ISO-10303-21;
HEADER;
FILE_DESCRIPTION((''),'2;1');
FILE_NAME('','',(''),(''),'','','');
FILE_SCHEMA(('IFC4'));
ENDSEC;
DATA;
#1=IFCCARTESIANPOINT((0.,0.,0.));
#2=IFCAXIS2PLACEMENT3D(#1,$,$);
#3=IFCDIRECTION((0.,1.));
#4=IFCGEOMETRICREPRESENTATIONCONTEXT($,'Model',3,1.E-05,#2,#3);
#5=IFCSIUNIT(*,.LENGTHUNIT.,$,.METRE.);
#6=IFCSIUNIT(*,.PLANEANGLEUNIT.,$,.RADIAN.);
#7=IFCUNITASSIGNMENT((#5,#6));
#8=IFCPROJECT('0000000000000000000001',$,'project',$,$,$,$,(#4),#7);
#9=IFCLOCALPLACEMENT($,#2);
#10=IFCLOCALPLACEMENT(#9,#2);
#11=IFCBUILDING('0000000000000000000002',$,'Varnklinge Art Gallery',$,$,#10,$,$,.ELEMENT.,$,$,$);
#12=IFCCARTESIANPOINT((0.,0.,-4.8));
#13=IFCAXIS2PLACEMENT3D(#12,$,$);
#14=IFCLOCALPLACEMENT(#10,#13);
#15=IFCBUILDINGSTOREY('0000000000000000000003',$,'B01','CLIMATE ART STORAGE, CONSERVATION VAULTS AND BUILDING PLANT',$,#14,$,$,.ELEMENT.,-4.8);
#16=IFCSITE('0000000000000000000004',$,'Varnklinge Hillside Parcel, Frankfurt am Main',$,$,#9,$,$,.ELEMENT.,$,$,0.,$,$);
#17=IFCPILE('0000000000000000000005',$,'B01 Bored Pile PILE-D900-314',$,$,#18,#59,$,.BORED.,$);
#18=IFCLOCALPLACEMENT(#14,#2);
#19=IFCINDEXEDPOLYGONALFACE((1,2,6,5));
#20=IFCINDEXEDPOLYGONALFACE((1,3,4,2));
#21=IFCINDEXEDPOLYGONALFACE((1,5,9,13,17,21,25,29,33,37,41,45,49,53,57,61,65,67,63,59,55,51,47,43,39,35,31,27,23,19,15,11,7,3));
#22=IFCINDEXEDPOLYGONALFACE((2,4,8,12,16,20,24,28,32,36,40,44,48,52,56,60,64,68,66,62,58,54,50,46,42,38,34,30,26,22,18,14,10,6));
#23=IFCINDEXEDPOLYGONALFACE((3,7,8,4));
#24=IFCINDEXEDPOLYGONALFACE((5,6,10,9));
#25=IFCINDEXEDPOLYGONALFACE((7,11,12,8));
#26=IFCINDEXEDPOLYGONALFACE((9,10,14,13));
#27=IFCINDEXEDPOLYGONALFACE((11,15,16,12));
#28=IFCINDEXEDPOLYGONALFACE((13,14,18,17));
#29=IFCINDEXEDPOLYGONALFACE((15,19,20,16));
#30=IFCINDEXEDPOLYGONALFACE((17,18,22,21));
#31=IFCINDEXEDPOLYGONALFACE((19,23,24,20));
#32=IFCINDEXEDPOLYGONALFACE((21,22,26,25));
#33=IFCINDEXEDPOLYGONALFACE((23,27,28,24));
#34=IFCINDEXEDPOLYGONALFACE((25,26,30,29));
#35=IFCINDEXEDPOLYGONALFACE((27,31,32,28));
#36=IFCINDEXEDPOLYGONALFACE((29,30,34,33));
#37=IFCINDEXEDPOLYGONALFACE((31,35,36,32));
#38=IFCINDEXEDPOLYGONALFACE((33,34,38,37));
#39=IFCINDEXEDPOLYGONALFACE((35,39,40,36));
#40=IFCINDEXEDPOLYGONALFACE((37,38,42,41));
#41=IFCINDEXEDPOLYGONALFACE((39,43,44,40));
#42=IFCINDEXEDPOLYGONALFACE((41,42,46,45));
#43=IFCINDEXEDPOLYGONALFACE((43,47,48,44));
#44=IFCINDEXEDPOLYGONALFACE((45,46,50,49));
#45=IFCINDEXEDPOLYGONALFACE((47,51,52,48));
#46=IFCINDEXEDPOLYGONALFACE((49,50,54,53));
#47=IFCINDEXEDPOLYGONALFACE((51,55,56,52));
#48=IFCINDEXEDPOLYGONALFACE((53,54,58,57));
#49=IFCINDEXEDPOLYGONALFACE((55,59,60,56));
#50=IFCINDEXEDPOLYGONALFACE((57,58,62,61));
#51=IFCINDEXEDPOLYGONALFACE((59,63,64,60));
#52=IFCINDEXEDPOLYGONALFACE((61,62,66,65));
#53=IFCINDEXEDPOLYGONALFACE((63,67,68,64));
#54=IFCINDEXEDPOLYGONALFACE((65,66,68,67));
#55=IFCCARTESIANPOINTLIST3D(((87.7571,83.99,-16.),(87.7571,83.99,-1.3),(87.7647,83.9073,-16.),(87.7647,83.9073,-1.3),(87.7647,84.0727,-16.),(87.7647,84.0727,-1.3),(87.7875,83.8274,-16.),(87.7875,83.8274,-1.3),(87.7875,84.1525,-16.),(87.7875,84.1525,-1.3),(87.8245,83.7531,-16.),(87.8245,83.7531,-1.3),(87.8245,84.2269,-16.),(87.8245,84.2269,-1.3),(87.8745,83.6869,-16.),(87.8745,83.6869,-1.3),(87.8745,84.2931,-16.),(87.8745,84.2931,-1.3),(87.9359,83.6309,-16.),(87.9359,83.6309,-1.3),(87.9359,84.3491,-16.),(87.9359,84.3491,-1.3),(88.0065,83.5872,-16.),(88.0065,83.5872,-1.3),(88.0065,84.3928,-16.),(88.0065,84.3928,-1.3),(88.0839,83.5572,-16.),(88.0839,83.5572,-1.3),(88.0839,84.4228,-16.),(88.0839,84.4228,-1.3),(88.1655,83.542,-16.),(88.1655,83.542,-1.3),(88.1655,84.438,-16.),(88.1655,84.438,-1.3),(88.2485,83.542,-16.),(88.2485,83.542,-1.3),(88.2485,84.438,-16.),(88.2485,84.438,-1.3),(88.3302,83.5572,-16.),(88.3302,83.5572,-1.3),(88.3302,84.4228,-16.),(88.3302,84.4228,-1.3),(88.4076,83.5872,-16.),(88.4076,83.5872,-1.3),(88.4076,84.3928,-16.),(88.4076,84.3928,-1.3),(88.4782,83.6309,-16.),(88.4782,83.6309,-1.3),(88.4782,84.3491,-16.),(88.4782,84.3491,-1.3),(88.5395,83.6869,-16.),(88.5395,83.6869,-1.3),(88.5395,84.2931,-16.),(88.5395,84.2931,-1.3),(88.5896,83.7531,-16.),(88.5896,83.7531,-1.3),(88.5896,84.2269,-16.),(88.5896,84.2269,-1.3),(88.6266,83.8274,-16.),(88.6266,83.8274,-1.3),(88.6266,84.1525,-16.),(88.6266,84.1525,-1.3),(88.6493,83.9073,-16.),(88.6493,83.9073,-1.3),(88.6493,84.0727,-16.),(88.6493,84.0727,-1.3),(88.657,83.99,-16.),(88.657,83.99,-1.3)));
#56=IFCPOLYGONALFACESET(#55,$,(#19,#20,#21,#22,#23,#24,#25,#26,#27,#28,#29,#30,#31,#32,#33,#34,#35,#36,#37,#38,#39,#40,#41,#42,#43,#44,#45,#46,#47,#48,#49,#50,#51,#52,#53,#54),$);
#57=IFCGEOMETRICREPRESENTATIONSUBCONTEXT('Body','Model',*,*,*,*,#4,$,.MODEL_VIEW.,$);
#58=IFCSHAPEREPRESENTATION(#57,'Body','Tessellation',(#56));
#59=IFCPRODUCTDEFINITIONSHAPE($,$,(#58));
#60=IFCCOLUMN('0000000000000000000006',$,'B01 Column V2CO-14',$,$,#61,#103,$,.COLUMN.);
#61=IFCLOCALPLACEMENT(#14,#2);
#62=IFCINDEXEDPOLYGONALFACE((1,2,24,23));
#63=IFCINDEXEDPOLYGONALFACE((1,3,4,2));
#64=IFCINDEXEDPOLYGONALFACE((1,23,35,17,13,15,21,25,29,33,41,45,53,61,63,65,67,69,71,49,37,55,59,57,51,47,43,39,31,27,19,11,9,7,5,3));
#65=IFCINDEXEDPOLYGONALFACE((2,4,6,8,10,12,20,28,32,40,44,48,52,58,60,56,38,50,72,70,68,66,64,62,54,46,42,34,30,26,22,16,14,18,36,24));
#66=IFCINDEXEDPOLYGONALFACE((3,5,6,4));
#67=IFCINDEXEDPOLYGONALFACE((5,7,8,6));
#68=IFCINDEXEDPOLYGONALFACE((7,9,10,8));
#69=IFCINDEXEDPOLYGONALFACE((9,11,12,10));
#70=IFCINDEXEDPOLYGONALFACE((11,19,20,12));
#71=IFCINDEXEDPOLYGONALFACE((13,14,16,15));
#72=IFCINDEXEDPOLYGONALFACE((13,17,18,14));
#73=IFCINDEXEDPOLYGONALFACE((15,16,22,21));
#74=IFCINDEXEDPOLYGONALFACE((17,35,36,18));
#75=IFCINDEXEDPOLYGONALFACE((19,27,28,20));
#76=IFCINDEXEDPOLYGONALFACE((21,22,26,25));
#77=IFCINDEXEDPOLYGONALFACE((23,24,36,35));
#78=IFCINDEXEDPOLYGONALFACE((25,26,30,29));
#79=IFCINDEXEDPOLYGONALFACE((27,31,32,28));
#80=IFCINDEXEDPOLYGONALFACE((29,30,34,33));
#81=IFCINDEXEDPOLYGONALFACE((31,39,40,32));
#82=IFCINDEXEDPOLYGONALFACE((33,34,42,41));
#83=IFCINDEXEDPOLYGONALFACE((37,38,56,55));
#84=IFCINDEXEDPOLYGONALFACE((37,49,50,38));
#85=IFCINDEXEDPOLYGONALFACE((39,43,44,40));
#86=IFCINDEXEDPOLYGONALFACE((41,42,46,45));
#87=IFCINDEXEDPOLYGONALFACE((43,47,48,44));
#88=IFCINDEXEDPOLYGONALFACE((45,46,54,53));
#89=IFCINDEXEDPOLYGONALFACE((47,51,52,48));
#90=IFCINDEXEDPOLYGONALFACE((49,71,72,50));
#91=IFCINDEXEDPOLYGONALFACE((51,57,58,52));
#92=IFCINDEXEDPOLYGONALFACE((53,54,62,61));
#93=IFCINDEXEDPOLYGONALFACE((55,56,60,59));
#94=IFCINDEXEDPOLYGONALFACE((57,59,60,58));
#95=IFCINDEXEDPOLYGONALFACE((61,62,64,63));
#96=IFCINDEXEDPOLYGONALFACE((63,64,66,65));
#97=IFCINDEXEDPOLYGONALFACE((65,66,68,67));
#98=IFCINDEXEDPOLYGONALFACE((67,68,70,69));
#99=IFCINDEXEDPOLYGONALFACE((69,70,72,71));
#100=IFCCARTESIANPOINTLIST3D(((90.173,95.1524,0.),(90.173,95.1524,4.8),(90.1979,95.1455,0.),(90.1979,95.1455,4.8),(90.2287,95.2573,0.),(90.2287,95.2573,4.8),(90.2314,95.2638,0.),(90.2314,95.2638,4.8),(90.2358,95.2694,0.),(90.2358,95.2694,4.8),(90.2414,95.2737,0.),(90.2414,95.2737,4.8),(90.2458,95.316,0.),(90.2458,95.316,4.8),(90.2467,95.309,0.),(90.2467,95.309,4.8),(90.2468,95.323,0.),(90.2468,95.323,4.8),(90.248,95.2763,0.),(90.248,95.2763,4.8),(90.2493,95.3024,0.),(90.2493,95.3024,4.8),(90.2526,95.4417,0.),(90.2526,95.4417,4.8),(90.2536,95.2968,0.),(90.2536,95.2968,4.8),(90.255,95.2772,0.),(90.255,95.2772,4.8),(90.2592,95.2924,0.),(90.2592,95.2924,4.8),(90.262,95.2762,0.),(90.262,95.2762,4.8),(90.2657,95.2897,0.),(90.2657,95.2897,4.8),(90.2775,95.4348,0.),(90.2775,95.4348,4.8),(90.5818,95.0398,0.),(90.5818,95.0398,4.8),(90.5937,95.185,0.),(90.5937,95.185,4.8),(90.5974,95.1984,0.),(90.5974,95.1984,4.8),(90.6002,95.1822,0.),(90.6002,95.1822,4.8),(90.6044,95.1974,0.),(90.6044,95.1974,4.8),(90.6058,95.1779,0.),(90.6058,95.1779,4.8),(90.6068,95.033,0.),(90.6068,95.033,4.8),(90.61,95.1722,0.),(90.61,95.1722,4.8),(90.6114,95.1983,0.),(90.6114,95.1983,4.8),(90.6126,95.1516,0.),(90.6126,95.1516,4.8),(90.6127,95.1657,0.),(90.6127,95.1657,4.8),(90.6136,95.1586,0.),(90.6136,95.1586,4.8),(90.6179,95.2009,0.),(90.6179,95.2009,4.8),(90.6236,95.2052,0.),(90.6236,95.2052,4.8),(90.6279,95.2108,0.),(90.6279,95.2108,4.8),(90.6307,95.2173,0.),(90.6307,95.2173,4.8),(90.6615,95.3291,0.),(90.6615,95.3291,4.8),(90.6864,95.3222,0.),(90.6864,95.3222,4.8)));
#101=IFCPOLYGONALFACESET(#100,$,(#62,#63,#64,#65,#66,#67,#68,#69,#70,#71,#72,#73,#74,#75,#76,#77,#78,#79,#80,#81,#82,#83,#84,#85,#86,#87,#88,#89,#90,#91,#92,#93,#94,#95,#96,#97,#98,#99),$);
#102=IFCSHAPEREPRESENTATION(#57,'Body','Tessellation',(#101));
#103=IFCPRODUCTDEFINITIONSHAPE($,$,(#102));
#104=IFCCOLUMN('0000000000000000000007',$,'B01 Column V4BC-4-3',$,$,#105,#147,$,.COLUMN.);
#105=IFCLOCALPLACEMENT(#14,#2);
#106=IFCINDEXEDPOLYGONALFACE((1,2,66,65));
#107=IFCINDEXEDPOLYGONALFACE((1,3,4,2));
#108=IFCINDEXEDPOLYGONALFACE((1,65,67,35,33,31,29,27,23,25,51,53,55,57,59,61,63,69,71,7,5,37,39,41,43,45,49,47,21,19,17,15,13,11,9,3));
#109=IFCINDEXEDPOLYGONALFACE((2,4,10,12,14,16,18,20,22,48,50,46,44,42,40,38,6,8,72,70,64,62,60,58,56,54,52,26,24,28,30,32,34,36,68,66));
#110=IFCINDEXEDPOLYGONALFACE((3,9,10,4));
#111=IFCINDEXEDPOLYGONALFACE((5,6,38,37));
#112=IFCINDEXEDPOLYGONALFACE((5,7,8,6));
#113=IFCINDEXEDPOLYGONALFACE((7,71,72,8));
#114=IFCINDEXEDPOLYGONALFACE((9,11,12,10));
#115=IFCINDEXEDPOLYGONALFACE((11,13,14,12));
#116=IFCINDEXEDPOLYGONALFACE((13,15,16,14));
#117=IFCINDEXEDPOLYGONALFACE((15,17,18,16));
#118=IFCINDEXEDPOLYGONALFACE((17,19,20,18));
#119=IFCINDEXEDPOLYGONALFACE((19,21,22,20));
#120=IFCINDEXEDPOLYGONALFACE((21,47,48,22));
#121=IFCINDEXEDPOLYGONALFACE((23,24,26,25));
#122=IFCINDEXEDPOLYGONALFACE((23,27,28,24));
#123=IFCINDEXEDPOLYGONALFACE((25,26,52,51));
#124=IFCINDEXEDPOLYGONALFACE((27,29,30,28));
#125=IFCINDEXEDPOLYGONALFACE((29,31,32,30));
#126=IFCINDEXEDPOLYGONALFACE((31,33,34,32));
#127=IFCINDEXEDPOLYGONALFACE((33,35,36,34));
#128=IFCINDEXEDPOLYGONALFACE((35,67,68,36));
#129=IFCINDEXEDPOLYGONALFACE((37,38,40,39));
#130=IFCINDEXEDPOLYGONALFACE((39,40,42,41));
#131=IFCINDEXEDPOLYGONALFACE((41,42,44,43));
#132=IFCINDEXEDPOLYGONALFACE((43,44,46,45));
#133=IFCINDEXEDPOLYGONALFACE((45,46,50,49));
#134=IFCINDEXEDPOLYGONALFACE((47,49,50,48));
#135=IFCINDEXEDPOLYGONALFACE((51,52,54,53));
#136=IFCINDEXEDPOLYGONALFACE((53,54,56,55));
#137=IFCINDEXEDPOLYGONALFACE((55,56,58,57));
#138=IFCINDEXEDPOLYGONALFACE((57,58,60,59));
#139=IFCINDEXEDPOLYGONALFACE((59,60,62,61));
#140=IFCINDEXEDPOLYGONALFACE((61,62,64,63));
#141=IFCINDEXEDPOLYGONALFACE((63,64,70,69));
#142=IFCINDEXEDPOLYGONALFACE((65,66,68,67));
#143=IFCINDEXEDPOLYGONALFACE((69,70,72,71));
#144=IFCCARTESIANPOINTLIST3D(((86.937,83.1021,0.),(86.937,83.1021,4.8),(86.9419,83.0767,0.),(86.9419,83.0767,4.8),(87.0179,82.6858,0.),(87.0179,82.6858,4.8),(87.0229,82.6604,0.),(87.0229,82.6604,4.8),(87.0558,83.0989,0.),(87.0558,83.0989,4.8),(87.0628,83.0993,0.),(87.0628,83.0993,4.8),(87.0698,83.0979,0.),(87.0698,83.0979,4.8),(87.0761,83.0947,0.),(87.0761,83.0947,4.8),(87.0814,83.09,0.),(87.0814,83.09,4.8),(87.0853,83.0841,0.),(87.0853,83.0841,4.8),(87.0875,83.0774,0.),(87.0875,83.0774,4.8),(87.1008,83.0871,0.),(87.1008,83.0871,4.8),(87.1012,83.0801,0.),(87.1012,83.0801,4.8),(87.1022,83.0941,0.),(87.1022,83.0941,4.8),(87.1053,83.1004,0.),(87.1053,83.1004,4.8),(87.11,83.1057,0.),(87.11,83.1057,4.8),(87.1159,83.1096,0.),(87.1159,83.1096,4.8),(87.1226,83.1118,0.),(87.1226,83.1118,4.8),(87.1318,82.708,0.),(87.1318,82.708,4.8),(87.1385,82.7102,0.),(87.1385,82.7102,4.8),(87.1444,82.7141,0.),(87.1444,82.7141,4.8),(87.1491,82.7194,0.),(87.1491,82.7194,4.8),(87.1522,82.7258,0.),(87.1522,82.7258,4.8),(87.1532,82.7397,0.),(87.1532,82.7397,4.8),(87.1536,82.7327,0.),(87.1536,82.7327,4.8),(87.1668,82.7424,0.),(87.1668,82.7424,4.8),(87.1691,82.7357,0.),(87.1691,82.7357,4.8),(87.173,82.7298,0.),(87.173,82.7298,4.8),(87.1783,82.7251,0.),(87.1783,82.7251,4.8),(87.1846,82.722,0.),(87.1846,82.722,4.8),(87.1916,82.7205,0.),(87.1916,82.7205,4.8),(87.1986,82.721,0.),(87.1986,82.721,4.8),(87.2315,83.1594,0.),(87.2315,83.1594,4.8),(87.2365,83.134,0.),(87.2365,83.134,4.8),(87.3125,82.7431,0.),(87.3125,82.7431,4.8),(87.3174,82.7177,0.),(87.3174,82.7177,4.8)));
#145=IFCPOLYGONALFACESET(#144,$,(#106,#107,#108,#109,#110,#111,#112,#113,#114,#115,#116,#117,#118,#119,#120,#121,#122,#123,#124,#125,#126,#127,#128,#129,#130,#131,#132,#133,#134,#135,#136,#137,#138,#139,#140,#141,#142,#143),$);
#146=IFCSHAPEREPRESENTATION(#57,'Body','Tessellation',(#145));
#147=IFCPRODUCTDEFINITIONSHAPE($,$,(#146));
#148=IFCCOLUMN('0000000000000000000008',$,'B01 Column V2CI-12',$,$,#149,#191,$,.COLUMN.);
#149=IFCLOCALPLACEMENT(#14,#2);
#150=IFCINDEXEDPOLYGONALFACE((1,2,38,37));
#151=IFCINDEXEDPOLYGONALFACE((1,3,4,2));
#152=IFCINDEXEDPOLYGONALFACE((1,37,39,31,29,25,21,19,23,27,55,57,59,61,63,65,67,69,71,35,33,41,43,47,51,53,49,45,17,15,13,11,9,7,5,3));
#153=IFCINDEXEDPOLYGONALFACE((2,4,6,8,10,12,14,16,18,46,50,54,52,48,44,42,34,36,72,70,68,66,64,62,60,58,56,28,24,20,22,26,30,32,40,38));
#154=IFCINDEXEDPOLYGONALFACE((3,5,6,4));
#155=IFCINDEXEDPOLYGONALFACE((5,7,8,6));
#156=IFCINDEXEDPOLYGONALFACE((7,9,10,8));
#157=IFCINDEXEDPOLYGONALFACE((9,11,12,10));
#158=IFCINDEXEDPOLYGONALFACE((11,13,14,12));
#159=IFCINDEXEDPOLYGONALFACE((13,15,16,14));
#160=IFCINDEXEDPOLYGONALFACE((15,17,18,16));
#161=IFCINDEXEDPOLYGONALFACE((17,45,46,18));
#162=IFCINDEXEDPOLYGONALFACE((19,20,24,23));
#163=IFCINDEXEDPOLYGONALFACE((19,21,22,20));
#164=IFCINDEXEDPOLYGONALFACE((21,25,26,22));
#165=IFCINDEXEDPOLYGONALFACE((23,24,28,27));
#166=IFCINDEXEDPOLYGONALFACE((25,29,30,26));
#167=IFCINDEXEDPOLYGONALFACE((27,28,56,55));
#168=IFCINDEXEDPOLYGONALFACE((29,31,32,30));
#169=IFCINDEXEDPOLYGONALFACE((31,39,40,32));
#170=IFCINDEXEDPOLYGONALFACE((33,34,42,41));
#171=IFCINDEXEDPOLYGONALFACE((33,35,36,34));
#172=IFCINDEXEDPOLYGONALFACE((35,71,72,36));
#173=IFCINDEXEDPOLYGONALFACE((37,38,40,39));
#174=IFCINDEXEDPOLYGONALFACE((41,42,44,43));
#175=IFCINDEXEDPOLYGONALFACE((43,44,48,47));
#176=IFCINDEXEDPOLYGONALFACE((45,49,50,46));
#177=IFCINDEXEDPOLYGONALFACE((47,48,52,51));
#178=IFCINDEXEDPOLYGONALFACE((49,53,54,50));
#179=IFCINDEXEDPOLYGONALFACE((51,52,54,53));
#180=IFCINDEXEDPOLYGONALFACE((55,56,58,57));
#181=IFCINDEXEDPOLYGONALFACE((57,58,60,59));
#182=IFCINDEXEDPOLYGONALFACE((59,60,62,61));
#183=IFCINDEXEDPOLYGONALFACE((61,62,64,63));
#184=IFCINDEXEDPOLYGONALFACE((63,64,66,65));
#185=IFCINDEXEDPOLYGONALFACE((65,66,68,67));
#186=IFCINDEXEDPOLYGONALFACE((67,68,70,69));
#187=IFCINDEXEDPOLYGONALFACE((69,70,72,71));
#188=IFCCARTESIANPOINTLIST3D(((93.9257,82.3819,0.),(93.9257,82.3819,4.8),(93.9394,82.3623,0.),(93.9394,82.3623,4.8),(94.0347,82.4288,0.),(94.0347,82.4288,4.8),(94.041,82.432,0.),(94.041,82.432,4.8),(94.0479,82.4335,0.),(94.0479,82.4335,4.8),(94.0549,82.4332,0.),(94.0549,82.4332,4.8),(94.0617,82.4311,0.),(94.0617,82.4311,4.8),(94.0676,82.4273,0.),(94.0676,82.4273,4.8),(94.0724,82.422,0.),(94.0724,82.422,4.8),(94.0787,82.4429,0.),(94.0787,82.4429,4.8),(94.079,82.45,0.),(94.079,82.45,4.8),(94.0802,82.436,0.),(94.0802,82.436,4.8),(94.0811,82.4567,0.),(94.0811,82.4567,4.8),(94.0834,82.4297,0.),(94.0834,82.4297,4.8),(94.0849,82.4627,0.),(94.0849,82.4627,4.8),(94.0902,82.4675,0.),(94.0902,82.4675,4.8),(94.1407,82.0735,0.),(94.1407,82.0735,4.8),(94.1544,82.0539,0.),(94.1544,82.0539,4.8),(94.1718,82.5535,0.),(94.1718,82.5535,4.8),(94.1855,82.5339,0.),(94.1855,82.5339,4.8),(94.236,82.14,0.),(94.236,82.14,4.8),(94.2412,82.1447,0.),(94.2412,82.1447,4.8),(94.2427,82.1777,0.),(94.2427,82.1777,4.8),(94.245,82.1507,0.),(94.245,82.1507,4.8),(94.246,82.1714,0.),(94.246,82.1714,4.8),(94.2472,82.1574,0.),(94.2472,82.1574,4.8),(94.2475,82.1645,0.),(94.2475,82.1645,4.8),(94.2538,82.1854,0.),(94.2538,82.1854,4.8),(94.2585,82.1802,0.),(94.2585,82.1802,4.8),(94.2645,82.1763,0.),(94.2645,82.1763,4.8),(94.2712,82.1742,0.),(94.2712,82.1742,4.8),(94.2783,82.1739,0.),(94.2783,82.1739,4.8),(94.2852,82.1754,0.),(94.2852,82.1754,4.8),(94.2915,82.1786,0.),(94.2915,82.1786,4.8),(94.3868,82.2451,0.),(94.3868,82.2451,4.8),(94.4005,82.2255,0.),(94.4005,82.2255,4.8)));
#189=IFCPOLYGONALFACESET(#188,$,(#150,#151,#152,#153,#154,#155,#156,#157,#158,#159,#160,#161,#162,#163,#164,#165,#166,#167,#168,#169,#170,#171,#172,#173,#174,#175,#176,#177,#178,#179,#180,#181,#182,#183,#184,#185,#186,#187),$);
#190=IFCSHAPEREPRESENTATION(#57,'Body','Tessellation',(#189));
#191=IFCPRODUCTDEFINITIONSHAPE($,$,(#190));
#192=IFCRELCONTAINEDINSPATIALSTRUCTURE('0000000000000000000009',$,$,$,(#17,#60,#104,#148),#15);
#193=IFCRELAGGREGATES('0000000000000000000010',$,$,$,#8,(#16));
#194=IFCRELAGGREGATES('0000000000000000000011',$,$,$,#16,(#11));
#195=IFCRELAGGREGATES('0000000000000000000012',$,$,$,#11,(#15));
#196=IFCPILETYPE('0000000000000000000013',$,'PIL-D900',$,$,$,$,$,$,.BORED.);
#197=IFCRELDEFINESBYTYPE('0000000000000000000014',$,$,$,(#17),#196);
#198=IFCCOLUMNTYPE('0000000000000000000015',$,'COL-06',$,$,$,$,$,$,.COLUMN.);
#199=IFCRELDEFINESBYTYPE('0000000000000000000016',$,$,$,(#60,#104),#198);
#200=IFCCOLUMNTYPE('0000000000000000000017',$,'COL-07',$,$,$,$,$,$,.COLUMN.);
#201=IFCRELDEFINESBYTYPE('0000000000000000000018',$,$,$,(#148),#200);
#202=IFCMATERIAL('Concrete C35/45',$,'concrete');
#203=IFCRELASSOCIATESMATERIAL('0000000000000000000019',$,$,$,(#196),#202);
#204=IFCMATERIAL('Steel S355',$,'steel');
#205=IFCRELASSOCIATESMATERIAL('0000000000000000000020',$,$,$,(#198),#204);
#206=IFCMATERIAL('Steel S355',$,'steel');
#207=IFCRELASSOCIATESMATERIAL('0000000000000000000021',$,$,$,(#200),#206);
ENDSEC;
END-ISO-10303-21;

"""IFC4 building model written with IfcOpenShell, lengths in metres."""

from ifc_helpers import new_model, si_unit, direction, frame, origin, origin_2d, place, context, subcontext, project, spatial, circle, i_section, extrude, material, material_profile, profile_set, type_object, element, save


model = new_model("IFC4")

# Units and contexts
model_context = context("Model", 3, precision=1e-05, world=origin(), true_north=direction((0.0, 1.0)))
body_context = subcontext(model_context, "Body", "Model", "MODEL_VIEW")
ifc_project = project(units=[si_unit("LENGTHUNIT", "METRE"), si_unit("PLANEANGLEUNIT", "RADIAN")], contexts=[model_context])

# Site, building, storey
site_placement = place(None, origin())
site = spatial("IfcSite", under=ifc_project, at=site_placement, Name="Varnklinge Hillside Parcel, Frankfurt am Main", CompositionType="ELEMENT", RefElevation=0.0)
building_placement = place(site_placement, origin())
building = spatial("IfcBuilding", under=site, at=building_placement, Name="Varnklinge Art Gallery", CompositionType="ELEMENT")
storey_placement = place(building_placement, frame((0.0, 0.0, -4.8)))
storey = spatial("IfcBuildingStorey", under=building, at=storey_placement, Name="B01", Description="CLIMATE ART STORAGE, CONSERVATION VAULTS AND BUILDING PLANT", CompositionType="ELEMENT", Elevation=-4.8)

# Pile
ifc_material_1 = material(Name="Concrete C35/45", Category="concrete")
ifc_material_profile_1 = material_profile(ifc_material_1, circle(Radius=0.45, at=origin_2d()), Name="PILE D900")
ifc_profile_set_1 = profile_set([ifc_material_profile_1], Name="Concrete C35/45")
pile_type_1 = type_object("IfcPileType", Name="PIL-D900", PredefinedType="BORED", material=ifc_profile_set_1)
for number, where, z_axis, x_axis, name in (
    (1, (88.207, 83.99, -1.3), (0.0, 0.0, -1.0), (1.0, 0.0, 0.0), "B01 Bored Pile PILE-D900-314"),
):
    element("IfcPile", number, at=place(storey_placement, frame(where, z_axis=z_axis, x_axis=x_axis)), inside=storey, type_object=pile_type_1, Name=name, PredefinedType="BORED", context=body_context, shape_type="SweptSolid", body=[
        extrude(circle(Radius=0.45, at=origin_2d()), origin(), (0.0, 0.0, 1.0), 14.7),
    ])

# Columns
ifc_material_2 = material(Name="Steel S355", Category="steel")
ifc_material_profile_2 = material_profile(ifc_material_2, i_section(OverallWidth=0.3, OverallDepth=0.45, WebThickness=0.0139, FlangeThickness=0.0259, FilletRadius=0.0271, at=origin_2d()), Name="HEB 450")
ifc_profile_set_2 = profile_set([ifc_material_profile_2], Name="Steel S355")
column_type_1 = type_object("IfcColumnType", Name="COL-06", PredefinedType="COLUMN", material=ifc_profile_set_2)
for number, where, z_axis, x_axis, name in (
    (2, (90.4297, 95.2373, 0.0), (0.0, 0.0, 1.0), (-0.265388, -0.964142, 0.0), "B01 Column V2CO-14"),
    (3, (87.1272, 82.9099, 0.0), (0.0, 0.0, 1.0), (0.981627, 0.190809, 0.0), "B01 Column V4BC-4-3"),
):
    element("IfcColumn", number, at=place(storey_placement, frame(where, z_axis=z_axis, x_axis=x_axis)), inside=storey, type_object=column_type_1, Name=name, PredefinedType="COLUMN", context=body_context, shape_type="SweptSolid", body=[
        extrude(i_section(OverallWidth=0.3, OverallDepth=0.45, WebThickness=0.0139, FlangeThickness=0.0259, FilletRadius=0.0271, at=origin_2d()), origin(), (0.0, 0.0, 1.0), 4.8),
    ])
ifc_material_3 = material(Name="Steel S355", Category="steel")
ifc_material_profile_3 = material_profile(ifc_material_3, i_section(OverallWidth=0.3, OverallDepth=0.3999, WebThickness=0.0134, FlangeThickness=0.0239, FilletRadius=0.0271, at=origin_2d()), Name="HEB 400")
ifc_profile_set_3 = profile_set([ifc_material_profile_3], Name="Steel S355")
column_type_2 = type_object("IfcColumnType", Name="COL-07", PredefinedType="COLUMN", material=ifc_profile_set_3)
for number, where, z_axis, x_axis, name in (
    (4, (94.1631, 82.3037, 0.0), (0.0, 0.0, 1.0), (-0.820352, -0.57186, 0.0), "B01 Column V2CI-12"),
):
    element("IfcColumn", number, at=place(storey_placement, frame(where, z_axis=z_axis, x_axis=x_axis)), inside=storey, type_object=column_type_2, Name=name, PredefinedType="COLUMN", context=body_context, shape_type="SweptSolid", body=[
        extrude(i_section(OverallWidth=0.3, OverallDepth=0.3999, WebThickness=0.0134, FlangeThickness=0.0239, FilletRadius=0.0271, at=origin_2d()), origin(), (0.0, 0.0, 1.0), 4.8),
    ])

save(model, "model.ifc")
